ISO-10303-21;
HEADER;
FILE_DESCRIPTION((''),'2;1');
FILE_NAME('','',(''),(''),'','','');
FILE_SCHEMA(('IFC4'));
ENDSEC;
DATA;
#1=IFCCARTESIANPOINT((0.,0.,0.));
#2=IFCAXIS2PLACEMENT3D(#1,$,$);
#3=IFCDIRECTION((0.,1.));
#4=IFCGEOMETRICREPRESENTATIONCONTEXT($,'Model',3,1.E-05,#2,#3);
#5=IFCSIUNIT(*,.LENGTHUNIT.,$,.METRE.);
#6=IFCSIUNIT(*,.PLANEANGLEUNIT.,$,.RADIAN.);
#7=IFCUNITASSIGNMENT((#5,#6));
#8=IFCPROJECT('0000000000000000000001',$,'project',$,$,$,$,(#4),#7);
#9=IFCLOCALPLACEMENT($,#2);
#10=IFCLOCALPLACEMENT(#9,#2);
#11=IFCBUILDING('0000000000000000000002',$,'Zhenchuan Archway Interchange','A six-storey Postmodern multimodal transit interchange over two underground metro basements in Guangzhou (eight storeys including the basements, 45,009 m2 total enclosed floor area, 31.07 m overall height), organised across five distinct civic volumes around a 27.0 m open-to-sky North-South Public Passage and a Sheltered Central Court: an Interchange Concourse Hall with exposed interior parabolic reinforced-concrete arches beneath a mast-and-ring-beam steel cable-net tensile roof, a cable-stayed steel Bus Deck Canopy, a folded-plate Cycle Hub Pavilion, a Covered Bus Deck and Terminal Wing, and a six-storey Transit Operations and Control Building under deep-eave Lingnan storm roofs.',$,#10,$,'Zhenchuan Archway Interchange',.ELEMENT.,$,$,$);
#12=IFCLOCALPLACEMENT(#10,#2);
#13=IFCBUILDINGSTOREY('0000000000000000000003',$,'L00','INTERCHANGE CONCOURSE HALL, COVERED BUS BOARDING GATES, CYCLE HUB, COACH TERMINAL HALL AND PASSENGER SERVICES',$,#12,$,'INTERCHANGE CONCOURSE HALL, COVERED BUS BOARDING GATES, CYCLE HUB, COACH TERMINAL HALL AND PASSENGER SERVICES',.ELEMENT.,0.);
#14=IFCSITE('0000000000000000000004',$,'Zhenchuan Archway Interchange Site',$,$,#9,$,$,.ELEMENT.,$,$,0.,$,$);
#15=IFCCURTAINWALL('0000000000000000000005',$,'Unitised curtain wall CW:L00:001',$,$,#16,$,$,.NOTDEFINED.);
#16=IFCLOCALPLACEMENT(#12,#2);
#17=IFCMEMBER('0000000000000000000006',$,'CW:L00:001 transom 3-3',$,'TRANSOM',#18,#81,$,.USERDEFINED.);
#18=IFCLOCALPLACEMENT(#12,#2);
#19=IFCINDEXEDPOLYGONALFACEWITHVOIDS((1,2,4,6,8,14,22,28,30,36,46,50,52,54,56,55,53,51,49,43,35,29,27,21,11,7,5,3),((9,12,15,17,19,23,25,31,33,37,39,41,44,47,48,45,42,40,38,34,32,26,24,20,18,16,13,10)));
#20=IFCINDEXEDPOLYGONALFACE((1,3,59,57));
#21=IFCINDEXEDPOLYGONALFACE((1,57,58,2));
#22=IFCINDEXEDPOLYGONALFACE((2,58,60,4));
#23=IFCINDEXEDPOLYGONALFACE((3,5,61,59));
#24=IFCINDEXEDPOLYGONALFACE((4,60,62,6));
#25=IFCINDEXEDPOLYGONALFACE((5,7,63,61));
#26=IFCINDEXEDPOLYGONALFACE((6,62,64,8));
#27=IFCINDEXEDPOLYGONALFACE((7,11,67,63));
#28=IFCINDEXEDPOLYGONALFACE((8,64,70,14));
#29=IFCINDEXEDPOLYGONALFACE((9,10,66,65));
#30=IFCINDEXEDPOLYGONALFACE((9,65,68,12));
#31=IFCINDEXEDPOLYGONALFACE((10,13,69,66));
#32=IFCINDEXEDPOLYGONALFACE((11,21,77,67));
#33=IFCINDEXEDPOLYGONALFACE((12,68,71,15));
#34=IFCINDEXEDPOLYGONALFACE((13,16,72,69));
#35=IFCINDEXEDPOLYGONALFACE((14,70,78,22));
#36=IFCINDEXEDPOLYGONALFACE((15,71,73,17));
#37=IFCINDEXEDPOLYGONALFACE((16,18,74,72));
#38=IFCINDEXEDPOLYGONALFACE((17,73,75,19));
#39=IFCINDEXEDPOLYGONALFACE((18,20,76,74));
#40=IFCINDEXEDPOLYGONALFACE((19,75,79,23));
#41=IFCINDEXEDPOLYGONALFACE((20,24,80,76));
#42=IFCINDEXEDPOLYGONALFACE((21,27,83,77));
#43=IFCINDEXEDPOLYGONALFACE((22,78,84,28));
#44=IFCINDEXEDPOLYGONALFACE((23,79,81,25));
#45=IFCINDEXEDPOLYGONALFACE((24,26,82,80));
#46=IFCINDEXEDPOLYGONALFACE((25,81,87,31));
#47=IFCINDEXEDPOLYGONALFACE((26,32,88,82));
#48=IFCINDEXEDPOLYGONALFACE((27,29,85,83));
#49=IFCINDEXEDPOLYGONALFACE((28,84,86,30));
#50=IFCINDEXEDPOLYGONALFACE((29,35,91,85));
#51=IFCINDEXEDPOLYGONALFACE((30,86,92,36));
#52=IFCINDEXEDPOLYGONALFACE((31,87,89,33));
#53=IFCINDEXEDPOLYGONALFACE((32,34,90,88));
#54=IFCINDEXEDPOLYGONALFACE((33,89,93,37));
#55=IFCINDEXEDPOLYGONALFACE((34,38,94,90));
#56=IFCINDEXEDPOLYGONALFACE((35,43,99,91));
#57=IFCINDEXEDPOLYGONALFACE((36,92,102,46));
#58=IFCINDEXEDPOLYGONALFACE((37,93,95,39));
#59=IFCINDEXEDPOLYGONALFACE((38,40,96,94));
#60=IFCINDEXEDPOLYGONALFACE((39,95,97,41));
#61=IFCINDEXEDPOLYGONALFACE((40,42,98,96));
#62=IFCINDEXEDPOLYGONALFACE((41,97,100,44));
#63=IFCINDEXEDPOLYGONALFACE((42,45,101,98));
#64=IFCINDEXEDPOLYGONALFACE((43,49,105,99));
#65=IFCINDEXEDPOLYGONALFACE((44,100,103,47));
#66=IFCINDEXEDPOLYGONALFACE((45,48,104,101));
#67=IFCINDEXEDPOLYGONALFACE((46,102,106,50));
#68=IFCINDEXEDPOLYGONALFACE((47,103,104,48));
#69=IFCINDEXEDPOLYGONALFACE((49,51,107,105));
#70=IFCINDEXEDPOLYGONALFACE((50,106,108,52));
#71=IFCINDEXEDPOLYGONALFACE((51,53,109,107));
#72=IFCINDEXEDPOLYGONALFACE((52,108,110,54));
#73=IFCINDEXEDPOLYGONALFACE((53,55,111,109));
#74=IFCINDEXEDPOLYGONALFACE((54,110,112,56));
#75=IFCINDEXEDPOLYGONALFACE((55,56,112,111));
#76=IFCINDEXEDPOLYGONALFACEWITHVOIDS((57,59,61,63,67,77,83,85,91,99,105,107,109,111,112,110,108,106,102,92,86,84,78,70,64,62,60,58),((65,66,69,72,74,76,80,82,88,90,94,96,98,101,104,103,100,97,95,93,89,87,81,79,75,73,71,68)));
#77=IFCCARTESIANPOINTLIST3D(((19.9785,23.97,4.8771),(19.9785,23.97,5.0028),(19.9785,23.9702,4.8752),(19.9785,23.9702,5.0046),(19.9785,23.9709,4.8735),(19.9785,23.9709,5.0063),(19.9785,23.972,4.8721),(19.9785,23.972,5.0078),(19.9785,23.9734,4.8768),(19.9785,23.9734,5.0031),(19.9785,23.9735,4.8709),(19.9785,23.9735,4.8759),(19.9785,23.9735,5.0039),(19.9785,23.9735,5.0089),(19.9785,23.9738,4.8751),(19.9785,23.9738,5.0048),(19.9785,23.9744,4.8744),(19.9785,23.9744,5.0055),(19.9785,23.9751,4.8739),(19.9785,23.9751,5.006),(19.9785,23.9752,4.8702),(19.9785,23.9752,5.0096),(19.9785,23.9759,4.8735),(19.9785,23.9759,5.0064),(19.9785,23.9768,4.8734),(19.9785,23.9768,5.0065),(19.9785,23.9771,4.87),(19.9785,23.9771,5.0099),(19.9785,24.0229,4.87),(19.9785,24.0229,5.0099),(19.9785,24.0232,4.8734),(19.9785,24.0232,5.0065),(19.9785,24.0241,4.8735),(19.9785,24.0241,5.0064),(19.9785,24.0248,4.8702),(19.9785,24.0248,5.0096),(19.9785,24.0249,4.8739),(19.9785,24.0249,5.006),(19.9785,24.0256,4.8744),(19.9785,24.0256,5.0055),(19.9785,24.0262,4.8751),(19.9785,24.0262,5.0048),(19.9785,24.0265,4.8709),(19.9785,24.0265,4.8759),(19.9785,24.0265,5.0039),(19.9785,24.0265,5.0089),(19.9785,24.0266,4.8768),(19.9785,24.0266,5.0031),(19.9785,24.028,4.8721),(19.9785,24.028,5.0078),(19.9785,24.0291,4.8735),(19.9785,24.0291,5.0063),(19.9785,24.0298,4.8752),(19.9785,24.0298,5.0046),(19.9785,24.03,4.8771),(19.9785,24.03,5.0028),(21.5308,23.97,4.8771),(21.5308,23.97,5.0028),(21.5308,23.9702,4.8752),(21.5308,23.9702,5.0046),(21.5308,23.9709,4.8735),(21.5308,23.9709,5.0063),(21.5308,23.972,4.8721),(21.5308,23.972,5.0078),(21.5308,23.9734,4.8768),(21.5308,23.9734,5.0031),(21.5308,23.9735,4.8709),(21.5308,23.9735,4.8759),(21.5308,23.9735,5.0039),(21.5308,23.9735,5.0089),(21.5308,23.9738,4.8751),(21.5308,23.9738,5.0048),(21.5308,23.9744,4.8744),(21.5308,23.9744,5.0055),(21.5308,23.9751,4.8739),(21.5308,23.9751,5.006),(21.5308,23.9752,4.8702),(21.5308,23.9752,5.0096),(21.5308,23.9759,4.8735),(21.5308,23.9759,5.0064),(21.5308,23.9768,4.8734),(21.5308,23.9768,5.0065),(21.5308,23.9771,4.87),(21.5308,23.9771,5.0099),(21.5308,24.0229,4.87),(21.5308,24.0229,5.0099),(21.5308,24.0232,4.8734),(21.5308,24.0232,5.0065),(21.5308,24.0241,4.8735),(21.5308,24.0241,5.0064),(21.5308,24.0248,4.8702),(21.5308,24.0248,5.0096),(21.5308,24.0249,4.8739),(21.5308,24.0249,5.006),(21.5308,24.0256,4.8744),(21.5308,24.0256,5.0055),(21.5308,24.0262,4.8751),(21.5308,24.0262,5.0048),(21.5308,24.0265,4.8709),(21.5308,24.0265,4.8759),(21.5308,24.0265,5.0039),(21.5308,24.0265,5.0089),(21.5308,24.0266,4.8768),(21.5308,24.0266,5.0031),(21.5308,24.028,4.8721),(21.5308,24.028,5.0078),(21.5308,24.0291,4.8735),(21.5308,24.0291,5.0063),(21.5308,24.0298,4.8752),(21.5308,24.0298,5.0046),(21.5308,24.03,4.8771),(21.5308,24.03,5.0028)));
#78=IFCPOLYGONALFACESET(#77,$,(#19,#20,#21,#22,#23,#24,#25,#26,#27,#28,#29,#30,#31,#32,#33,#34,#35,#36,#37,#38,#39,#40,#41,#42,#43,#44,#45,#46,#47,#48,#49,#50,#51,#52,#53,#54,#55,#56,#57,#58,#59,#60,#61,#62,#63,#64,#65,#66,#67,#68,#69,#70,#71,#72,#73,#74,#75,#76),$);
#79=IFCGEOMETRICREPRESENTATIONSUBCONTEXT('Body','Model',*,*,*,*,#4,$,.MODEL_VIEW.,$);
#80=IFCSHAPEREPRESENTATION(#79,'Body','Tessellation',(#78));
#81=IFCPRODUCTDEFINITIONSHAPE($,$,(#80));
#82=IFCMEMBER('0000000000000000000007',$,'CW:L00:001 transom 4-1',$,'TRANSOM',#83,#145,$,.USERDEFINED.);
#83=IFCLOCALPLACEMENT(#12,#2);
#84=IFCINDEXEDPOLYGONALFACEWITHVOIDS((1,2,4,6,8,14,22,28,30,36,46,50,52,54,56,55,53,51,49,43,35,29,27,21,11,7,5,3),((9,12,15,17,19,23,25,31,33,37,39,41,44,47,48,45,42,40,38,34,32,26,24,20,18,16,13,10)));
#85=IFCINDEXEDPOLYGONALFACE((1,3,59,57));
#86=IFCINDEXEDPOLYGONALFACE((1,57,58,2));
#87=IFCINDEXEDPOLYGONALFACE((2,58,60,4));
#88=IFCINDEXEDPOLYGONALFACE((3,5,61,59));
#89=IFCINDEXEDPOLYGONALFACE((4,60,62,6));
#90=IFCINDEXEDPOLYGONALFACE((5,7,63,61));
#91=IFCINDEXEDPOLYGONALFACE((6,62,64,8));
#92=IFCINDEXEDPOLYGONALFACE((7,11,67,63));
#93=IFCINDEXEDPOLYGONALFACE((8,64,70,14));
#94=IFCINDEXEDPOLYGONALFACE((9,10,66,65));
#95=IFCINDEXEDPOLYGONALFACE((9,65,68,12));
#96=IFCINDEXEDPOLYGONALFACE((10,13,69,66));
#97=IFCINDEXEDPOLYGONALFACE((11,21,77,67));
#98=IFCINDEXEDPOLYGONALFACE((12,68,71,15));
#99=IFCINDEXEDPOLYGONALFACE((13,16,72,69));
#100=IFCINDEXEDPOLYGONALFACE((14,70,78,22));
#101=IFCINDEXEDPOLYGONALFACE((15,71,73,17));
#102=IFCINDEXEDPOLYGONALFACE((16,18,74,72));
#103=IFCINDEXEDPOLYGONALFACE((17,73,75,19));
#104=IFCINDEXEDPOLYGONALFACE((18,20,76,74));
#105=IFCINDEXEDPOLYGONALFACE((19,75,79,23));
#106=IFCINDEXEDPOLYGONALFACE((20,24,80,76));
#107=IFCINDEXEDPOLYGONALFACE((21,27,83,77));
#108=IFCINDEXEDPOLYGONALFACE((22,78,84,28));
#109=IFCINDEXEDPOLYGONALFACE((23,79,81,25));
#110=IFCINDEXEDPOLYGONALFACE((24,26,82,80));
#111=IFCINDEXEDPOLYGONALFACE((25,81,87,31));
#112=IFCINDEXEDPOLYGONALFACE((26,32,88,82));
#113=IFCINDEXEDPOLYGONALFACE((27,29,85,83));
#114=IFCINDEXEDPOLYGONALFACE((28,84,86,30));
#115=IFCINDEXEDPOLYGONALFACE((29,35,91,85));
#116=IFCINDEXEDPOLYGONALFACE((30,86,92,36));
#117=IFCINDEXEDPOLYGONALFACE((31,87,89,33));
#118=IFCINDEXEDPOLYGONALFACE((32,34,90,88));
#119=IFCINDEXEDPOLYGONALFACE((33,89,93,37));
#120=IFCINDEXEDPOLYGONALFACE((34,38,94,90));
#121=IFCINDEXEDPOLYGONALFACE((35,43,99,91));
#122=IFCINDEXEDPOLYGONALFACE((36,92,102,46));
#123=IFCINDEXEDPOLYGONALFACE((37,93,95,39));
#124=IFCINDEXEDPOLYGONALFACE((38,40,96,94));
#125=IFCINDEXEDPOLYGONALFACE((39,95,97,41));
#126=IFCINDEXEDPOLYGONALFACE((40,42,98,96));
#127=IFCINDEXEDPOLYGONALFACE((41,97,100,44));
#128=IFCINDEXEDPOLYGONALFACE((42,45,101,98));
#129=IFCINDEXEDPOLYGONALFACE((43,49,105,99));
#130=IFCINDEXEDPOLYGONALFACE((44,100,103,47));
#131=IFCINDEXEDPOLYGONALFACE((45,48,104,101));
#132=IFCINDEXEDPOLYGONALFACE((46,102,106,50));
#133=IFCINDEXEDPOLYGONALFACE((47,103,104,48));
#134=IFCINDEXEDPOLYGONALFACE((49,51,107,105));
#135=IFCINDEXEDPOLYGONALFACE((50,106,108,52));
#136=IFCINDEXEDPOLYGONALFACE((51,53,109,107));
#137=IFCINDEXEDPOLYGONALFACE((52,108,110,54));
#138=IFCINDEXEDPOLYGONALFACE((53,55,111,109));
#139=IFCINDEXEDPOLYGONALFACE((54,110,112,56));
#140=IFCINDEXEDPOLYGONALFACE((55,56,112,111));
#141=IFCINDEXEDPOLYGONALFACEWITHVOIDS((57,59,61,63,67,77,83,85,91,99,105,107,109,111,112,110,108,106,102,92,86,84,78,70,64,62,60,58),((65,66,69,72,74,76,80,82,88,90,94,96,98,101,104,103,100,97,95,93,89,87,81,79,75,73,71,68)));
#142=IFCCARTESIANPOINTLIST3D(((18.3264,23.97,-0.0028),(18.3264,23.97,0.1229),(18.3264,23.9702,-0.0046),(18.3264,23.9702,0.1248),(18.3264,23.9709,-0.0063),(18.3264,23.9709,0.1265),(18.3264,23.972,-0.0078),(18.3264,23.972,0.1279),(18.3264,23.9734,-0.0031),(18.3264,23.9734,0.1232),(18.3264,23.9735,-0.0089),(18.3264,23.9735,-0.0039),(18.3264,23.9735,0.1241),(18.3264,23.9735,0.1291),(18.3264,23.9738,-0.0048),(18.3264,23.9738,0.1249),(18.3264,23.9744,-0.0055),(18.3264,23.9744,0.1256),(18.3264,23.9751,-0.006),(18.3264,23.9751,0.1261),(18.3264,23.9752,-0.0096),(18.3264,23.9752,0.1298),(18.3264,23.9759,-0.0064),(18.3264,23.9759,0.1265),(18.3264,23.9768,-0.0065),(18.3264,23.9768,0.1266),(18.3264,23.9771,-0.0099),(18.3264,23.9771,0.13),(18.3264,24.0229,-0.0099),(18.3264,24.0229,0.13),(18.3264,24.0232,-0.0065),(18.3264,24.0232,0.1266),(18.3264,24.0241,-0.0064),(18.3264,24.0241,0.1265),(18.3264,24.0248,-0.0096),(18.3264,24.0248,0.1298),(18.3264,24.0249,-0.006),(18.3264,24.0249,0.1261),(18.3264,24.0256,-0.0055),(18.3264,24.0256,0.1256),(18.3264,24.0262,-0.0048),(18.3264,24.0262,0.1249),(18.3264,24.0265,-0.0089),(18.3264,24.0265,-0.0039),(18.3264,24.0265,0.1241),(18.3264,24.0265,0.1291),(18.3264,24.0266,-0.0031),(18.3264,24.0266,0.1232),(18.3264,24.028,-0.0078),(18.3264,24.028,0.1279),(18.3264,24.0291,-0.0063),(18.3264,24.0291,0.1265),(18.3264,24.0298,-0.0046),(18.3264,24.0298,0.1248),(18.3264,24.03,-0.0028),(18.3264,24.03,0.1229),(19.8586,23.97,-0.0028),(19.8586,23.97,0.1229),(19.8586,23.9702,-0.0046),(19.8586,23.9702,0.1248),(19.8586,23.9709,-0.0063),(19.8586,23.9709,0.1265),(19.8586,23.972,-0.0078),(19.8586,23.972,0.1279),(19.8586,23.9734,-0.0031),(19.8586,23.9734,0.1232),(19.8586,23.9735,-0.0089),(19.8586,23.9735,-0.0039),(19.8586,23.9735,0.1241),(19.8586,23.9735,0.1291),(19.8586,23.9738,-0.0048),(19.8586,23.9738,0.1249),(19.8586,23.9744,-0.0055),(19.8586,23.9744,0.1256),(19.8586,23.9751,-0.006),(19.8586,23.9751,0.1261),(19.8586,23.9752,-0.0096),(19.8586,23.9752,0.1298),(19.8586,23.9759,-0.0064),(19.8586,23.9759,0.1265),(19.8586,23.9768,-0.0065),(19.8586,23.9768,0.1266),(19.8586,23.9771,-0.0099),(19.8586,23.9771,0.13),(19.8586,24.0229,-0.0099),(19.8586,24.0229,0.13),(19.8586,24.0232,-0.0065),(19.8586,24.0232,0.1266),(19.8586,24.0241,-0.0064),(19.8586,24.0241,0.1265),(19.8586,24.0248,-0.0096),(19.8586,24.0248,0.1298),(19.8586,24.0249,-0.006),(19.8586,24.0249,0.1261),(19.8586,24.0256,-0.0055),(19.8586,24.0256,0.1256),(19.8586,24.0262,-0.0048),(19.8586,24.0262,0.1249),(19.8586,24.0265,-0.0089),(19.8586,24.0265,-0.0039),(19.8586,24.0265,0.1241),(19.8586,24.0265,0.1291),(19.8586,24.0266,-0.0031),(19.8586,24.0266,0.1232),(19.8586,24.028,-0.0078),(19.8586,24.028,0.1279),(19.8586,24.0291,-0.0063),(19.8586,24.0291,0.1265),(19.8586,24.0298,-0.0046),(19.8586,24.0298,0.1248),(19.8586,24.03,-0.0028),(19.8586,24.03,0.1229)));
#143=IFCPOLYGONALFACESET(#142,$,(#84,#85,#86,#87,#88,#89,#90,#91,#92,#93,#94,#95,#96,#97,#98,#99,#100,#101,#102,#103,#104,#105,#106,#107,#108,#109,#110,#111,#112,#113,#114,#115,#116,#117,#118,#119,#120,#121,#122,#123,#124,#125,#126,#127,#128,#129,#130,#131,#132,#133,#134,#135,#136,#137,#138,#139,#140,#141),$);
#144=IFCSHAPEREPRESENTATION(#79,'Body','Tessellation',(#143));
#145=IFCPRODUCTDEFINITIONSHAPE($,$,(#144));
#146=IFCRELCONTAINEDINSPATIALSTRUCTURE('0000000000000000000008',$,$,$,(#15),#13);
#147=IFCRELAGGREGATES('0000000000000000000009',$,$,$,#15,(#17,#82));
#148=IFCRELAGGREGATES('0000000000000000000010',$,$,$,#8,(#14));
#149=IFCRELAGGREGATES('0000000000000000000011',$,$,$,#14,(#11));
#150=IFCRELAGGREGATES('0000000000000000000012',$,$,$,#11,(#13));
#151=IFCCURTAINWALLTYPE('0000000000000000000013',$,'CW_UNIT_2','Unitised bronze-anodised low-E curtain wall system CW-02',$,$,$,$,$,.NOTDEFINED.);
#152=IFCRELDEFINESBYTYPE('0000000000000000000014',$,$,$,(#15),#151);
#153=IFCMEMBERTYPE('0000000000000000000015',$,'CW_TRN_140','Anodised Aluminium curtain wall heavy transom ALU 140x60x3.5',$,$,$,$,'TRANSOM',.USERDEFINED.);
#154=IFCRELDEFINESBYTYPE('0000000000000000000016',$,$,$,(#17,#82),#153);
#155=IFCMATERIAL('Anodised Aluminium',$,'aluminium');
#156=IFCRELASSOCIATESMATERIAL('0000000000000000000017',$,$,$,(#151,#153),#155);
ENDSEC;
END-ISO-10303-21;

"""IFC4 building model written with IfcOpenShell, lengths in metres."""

from ifc_helpers import new_model, si_unit, direction, frame, origin, origin_2d, place, context, subcontext, project, spatial, hollow_rectangle, extrude, material, material_profile, profile_set, type_object, element, aggregate, save


model = new_model("IFC4")

# Units and contexts
model_context = context("Model", 3, precision=1e-05, world=origin(), true_north=direction((0.0, 1.0)))
body_context = subcontext(model_context, "Body", "Model", "MODEL_VIEW")
ifc_project = project(units=[si_unit("LENGTHUNIT", "METRE"), si_unit("PLANEANGLEUNIT", "RADIAN")], contexts=[model_context])

# Site, building, storey
site_placement = place(None, origin())
site = spatial("IfcSite", under=ifc_project, at=site_placement, Name="Zhenchuan Archway Interchange Site", CompositionType="ELEMENT", RefElevation=0.0)
building_placement = place(site_placement, origin())
building = spatial("IfcBuilding", under=site, at=building_placement, Name="Zhenchuan Archway Interchange", Description="A six-storey Postmodern multimodal transit interchange over two underground metro basements in Guangzhou (eight storeys including the basements, 45,009 m2 total enclosed floor area, 31.07 m overall height), organised across five distinct civic volumes around a 27.0 m open-to-sky North-South Public Passage and a Sheltered Central Court: an Interchange Concourse Hall with exposed interior parabolic reinforced-concrete arches beneath a mast-and-ring-beam steel cable-net tensile roof, a cable-stayed steel Bus Deck Canopy, a folded-plate Cycle Hub Pavilion, a Covered Bus Deck and Terminal Wing, and a six-storey Transit Operations and Control Building under deep-eave Lingnan storm roofs.", LongName="Zhenchuan Archway Interchange", CompositionType="ELEMENT")
storey_placement = place(building_placement, origin())
storey = spatial("IfcBuildingStorey", under=building, at=storey_placement, Name="L00", Description="INTERCHANGE CONCOURSE HALL, COVERED BUS BOARDING GATES, CYCLE HUB, COACH TERMINAL HALL AND PASSENGER SERVICES", LongName="INTERCHANGE CONCOURSE HALL, COVERED BUS BOARDING GATES, CYCLE HUB, COACH TERMINAL HALL AND PASSENGER SERVICES", CompositionType="ELEMENT", Elevation=0.0)

# Curtain wall, members
ifc_material_1 = material(Name="Anodised Aluminium", Category="aluminium")
curtain_wall_type = type_object("IfcCurtainWallType", Name="CW_UNIT_2", Description="Unitised bronze-anodised low-E curtain wall system CW-02", PredefinedType="NOTDEFINED", material=ifc_material_1)
curtain_wall_placement = place(storey_placement, origin())
curtain_wall = element("IfcCurtainWall", 1, at=curtain_wall_placement, inside=storey, type_object=curtain_wall_type, Name="Unitised curtain wall CW:L00:001", PredefinedType="NOTDEFINED")
ifc_material_profile_1 = material_profile(ifc_material_1, hollow_rectangle(XDim=0.0601, YDim=0.1399, WallThickness=0.0034, InnerFilletRadius=0.0034, OuterFilletRadius=0.0071, at=origin_2d()), Name="ALU 140x60x3.5")
ifc_profile_set_1 = profile_set([ifc_material_profile_1], Name="Anodised Aluminium")
member_type_1 = type_object("IfcMemberType", Name="CW_TRN_140", Description="Anodised Aluminium curtain wall heavy transom ALU 140x60x3.5", ElementType="TRANSOM", PredefinedType="USERDEFINED", material=ifc_profile_set_1)
member_1_placement = place(storey_placement, frame((21.5308, 24.0, 4.9399), z_axis=(-1.0, 0.0, 0.0), x_axis=(0.0, -1.0, 0.0)))
member_1 = element("IfcMember", 2, at=member_1_placement, type_object=member_type_1, Name="CW:L00:001 transom 3-3", ObjectType="TRANSOM", PredefinedType="USERDEFINED", context=body_context, shape_type="SweptSolid", body=[
    extrude(hollow_rectangle(XDim=0.0601, YDim=0.1399, WallThickness=0.0034, InnerFilletRadius=0.0034, OuterFilletRadius=0.0071, at=origin_2d()), origin(), (0.0, 0.0, 1.0), 1.5522),
])
member_2_placement = place(storey_placement, frame((19.8586, 24.0, 0.0601), z_axis=(-1.0, 0.0, 0.0), x_axis=(0.0, -1.0, 0.0)))
member_2 = element("IfcMember", 3, at=member_2_placement, type_object=member_type_1, Name="CW:L00:001 transom 4-1", ObjectType="TRANSOM", PredefinedType="USERDEFINED", context=body_context, shape_type="SweptSolid", body=[
    extrude(hollow_rectangle(XDim=0.0601, YDim=0.1399, WallThickness=0.0034, InnerFilletRadius=0.0034, OuterFilletRadius=0.0071, at=origin_2d()), origin(), (0.0, 0.0, 1.0), 1.5322),
])

aggregate(curtain_wall, [member_1, member_2])

save(model, "model.ifc")
